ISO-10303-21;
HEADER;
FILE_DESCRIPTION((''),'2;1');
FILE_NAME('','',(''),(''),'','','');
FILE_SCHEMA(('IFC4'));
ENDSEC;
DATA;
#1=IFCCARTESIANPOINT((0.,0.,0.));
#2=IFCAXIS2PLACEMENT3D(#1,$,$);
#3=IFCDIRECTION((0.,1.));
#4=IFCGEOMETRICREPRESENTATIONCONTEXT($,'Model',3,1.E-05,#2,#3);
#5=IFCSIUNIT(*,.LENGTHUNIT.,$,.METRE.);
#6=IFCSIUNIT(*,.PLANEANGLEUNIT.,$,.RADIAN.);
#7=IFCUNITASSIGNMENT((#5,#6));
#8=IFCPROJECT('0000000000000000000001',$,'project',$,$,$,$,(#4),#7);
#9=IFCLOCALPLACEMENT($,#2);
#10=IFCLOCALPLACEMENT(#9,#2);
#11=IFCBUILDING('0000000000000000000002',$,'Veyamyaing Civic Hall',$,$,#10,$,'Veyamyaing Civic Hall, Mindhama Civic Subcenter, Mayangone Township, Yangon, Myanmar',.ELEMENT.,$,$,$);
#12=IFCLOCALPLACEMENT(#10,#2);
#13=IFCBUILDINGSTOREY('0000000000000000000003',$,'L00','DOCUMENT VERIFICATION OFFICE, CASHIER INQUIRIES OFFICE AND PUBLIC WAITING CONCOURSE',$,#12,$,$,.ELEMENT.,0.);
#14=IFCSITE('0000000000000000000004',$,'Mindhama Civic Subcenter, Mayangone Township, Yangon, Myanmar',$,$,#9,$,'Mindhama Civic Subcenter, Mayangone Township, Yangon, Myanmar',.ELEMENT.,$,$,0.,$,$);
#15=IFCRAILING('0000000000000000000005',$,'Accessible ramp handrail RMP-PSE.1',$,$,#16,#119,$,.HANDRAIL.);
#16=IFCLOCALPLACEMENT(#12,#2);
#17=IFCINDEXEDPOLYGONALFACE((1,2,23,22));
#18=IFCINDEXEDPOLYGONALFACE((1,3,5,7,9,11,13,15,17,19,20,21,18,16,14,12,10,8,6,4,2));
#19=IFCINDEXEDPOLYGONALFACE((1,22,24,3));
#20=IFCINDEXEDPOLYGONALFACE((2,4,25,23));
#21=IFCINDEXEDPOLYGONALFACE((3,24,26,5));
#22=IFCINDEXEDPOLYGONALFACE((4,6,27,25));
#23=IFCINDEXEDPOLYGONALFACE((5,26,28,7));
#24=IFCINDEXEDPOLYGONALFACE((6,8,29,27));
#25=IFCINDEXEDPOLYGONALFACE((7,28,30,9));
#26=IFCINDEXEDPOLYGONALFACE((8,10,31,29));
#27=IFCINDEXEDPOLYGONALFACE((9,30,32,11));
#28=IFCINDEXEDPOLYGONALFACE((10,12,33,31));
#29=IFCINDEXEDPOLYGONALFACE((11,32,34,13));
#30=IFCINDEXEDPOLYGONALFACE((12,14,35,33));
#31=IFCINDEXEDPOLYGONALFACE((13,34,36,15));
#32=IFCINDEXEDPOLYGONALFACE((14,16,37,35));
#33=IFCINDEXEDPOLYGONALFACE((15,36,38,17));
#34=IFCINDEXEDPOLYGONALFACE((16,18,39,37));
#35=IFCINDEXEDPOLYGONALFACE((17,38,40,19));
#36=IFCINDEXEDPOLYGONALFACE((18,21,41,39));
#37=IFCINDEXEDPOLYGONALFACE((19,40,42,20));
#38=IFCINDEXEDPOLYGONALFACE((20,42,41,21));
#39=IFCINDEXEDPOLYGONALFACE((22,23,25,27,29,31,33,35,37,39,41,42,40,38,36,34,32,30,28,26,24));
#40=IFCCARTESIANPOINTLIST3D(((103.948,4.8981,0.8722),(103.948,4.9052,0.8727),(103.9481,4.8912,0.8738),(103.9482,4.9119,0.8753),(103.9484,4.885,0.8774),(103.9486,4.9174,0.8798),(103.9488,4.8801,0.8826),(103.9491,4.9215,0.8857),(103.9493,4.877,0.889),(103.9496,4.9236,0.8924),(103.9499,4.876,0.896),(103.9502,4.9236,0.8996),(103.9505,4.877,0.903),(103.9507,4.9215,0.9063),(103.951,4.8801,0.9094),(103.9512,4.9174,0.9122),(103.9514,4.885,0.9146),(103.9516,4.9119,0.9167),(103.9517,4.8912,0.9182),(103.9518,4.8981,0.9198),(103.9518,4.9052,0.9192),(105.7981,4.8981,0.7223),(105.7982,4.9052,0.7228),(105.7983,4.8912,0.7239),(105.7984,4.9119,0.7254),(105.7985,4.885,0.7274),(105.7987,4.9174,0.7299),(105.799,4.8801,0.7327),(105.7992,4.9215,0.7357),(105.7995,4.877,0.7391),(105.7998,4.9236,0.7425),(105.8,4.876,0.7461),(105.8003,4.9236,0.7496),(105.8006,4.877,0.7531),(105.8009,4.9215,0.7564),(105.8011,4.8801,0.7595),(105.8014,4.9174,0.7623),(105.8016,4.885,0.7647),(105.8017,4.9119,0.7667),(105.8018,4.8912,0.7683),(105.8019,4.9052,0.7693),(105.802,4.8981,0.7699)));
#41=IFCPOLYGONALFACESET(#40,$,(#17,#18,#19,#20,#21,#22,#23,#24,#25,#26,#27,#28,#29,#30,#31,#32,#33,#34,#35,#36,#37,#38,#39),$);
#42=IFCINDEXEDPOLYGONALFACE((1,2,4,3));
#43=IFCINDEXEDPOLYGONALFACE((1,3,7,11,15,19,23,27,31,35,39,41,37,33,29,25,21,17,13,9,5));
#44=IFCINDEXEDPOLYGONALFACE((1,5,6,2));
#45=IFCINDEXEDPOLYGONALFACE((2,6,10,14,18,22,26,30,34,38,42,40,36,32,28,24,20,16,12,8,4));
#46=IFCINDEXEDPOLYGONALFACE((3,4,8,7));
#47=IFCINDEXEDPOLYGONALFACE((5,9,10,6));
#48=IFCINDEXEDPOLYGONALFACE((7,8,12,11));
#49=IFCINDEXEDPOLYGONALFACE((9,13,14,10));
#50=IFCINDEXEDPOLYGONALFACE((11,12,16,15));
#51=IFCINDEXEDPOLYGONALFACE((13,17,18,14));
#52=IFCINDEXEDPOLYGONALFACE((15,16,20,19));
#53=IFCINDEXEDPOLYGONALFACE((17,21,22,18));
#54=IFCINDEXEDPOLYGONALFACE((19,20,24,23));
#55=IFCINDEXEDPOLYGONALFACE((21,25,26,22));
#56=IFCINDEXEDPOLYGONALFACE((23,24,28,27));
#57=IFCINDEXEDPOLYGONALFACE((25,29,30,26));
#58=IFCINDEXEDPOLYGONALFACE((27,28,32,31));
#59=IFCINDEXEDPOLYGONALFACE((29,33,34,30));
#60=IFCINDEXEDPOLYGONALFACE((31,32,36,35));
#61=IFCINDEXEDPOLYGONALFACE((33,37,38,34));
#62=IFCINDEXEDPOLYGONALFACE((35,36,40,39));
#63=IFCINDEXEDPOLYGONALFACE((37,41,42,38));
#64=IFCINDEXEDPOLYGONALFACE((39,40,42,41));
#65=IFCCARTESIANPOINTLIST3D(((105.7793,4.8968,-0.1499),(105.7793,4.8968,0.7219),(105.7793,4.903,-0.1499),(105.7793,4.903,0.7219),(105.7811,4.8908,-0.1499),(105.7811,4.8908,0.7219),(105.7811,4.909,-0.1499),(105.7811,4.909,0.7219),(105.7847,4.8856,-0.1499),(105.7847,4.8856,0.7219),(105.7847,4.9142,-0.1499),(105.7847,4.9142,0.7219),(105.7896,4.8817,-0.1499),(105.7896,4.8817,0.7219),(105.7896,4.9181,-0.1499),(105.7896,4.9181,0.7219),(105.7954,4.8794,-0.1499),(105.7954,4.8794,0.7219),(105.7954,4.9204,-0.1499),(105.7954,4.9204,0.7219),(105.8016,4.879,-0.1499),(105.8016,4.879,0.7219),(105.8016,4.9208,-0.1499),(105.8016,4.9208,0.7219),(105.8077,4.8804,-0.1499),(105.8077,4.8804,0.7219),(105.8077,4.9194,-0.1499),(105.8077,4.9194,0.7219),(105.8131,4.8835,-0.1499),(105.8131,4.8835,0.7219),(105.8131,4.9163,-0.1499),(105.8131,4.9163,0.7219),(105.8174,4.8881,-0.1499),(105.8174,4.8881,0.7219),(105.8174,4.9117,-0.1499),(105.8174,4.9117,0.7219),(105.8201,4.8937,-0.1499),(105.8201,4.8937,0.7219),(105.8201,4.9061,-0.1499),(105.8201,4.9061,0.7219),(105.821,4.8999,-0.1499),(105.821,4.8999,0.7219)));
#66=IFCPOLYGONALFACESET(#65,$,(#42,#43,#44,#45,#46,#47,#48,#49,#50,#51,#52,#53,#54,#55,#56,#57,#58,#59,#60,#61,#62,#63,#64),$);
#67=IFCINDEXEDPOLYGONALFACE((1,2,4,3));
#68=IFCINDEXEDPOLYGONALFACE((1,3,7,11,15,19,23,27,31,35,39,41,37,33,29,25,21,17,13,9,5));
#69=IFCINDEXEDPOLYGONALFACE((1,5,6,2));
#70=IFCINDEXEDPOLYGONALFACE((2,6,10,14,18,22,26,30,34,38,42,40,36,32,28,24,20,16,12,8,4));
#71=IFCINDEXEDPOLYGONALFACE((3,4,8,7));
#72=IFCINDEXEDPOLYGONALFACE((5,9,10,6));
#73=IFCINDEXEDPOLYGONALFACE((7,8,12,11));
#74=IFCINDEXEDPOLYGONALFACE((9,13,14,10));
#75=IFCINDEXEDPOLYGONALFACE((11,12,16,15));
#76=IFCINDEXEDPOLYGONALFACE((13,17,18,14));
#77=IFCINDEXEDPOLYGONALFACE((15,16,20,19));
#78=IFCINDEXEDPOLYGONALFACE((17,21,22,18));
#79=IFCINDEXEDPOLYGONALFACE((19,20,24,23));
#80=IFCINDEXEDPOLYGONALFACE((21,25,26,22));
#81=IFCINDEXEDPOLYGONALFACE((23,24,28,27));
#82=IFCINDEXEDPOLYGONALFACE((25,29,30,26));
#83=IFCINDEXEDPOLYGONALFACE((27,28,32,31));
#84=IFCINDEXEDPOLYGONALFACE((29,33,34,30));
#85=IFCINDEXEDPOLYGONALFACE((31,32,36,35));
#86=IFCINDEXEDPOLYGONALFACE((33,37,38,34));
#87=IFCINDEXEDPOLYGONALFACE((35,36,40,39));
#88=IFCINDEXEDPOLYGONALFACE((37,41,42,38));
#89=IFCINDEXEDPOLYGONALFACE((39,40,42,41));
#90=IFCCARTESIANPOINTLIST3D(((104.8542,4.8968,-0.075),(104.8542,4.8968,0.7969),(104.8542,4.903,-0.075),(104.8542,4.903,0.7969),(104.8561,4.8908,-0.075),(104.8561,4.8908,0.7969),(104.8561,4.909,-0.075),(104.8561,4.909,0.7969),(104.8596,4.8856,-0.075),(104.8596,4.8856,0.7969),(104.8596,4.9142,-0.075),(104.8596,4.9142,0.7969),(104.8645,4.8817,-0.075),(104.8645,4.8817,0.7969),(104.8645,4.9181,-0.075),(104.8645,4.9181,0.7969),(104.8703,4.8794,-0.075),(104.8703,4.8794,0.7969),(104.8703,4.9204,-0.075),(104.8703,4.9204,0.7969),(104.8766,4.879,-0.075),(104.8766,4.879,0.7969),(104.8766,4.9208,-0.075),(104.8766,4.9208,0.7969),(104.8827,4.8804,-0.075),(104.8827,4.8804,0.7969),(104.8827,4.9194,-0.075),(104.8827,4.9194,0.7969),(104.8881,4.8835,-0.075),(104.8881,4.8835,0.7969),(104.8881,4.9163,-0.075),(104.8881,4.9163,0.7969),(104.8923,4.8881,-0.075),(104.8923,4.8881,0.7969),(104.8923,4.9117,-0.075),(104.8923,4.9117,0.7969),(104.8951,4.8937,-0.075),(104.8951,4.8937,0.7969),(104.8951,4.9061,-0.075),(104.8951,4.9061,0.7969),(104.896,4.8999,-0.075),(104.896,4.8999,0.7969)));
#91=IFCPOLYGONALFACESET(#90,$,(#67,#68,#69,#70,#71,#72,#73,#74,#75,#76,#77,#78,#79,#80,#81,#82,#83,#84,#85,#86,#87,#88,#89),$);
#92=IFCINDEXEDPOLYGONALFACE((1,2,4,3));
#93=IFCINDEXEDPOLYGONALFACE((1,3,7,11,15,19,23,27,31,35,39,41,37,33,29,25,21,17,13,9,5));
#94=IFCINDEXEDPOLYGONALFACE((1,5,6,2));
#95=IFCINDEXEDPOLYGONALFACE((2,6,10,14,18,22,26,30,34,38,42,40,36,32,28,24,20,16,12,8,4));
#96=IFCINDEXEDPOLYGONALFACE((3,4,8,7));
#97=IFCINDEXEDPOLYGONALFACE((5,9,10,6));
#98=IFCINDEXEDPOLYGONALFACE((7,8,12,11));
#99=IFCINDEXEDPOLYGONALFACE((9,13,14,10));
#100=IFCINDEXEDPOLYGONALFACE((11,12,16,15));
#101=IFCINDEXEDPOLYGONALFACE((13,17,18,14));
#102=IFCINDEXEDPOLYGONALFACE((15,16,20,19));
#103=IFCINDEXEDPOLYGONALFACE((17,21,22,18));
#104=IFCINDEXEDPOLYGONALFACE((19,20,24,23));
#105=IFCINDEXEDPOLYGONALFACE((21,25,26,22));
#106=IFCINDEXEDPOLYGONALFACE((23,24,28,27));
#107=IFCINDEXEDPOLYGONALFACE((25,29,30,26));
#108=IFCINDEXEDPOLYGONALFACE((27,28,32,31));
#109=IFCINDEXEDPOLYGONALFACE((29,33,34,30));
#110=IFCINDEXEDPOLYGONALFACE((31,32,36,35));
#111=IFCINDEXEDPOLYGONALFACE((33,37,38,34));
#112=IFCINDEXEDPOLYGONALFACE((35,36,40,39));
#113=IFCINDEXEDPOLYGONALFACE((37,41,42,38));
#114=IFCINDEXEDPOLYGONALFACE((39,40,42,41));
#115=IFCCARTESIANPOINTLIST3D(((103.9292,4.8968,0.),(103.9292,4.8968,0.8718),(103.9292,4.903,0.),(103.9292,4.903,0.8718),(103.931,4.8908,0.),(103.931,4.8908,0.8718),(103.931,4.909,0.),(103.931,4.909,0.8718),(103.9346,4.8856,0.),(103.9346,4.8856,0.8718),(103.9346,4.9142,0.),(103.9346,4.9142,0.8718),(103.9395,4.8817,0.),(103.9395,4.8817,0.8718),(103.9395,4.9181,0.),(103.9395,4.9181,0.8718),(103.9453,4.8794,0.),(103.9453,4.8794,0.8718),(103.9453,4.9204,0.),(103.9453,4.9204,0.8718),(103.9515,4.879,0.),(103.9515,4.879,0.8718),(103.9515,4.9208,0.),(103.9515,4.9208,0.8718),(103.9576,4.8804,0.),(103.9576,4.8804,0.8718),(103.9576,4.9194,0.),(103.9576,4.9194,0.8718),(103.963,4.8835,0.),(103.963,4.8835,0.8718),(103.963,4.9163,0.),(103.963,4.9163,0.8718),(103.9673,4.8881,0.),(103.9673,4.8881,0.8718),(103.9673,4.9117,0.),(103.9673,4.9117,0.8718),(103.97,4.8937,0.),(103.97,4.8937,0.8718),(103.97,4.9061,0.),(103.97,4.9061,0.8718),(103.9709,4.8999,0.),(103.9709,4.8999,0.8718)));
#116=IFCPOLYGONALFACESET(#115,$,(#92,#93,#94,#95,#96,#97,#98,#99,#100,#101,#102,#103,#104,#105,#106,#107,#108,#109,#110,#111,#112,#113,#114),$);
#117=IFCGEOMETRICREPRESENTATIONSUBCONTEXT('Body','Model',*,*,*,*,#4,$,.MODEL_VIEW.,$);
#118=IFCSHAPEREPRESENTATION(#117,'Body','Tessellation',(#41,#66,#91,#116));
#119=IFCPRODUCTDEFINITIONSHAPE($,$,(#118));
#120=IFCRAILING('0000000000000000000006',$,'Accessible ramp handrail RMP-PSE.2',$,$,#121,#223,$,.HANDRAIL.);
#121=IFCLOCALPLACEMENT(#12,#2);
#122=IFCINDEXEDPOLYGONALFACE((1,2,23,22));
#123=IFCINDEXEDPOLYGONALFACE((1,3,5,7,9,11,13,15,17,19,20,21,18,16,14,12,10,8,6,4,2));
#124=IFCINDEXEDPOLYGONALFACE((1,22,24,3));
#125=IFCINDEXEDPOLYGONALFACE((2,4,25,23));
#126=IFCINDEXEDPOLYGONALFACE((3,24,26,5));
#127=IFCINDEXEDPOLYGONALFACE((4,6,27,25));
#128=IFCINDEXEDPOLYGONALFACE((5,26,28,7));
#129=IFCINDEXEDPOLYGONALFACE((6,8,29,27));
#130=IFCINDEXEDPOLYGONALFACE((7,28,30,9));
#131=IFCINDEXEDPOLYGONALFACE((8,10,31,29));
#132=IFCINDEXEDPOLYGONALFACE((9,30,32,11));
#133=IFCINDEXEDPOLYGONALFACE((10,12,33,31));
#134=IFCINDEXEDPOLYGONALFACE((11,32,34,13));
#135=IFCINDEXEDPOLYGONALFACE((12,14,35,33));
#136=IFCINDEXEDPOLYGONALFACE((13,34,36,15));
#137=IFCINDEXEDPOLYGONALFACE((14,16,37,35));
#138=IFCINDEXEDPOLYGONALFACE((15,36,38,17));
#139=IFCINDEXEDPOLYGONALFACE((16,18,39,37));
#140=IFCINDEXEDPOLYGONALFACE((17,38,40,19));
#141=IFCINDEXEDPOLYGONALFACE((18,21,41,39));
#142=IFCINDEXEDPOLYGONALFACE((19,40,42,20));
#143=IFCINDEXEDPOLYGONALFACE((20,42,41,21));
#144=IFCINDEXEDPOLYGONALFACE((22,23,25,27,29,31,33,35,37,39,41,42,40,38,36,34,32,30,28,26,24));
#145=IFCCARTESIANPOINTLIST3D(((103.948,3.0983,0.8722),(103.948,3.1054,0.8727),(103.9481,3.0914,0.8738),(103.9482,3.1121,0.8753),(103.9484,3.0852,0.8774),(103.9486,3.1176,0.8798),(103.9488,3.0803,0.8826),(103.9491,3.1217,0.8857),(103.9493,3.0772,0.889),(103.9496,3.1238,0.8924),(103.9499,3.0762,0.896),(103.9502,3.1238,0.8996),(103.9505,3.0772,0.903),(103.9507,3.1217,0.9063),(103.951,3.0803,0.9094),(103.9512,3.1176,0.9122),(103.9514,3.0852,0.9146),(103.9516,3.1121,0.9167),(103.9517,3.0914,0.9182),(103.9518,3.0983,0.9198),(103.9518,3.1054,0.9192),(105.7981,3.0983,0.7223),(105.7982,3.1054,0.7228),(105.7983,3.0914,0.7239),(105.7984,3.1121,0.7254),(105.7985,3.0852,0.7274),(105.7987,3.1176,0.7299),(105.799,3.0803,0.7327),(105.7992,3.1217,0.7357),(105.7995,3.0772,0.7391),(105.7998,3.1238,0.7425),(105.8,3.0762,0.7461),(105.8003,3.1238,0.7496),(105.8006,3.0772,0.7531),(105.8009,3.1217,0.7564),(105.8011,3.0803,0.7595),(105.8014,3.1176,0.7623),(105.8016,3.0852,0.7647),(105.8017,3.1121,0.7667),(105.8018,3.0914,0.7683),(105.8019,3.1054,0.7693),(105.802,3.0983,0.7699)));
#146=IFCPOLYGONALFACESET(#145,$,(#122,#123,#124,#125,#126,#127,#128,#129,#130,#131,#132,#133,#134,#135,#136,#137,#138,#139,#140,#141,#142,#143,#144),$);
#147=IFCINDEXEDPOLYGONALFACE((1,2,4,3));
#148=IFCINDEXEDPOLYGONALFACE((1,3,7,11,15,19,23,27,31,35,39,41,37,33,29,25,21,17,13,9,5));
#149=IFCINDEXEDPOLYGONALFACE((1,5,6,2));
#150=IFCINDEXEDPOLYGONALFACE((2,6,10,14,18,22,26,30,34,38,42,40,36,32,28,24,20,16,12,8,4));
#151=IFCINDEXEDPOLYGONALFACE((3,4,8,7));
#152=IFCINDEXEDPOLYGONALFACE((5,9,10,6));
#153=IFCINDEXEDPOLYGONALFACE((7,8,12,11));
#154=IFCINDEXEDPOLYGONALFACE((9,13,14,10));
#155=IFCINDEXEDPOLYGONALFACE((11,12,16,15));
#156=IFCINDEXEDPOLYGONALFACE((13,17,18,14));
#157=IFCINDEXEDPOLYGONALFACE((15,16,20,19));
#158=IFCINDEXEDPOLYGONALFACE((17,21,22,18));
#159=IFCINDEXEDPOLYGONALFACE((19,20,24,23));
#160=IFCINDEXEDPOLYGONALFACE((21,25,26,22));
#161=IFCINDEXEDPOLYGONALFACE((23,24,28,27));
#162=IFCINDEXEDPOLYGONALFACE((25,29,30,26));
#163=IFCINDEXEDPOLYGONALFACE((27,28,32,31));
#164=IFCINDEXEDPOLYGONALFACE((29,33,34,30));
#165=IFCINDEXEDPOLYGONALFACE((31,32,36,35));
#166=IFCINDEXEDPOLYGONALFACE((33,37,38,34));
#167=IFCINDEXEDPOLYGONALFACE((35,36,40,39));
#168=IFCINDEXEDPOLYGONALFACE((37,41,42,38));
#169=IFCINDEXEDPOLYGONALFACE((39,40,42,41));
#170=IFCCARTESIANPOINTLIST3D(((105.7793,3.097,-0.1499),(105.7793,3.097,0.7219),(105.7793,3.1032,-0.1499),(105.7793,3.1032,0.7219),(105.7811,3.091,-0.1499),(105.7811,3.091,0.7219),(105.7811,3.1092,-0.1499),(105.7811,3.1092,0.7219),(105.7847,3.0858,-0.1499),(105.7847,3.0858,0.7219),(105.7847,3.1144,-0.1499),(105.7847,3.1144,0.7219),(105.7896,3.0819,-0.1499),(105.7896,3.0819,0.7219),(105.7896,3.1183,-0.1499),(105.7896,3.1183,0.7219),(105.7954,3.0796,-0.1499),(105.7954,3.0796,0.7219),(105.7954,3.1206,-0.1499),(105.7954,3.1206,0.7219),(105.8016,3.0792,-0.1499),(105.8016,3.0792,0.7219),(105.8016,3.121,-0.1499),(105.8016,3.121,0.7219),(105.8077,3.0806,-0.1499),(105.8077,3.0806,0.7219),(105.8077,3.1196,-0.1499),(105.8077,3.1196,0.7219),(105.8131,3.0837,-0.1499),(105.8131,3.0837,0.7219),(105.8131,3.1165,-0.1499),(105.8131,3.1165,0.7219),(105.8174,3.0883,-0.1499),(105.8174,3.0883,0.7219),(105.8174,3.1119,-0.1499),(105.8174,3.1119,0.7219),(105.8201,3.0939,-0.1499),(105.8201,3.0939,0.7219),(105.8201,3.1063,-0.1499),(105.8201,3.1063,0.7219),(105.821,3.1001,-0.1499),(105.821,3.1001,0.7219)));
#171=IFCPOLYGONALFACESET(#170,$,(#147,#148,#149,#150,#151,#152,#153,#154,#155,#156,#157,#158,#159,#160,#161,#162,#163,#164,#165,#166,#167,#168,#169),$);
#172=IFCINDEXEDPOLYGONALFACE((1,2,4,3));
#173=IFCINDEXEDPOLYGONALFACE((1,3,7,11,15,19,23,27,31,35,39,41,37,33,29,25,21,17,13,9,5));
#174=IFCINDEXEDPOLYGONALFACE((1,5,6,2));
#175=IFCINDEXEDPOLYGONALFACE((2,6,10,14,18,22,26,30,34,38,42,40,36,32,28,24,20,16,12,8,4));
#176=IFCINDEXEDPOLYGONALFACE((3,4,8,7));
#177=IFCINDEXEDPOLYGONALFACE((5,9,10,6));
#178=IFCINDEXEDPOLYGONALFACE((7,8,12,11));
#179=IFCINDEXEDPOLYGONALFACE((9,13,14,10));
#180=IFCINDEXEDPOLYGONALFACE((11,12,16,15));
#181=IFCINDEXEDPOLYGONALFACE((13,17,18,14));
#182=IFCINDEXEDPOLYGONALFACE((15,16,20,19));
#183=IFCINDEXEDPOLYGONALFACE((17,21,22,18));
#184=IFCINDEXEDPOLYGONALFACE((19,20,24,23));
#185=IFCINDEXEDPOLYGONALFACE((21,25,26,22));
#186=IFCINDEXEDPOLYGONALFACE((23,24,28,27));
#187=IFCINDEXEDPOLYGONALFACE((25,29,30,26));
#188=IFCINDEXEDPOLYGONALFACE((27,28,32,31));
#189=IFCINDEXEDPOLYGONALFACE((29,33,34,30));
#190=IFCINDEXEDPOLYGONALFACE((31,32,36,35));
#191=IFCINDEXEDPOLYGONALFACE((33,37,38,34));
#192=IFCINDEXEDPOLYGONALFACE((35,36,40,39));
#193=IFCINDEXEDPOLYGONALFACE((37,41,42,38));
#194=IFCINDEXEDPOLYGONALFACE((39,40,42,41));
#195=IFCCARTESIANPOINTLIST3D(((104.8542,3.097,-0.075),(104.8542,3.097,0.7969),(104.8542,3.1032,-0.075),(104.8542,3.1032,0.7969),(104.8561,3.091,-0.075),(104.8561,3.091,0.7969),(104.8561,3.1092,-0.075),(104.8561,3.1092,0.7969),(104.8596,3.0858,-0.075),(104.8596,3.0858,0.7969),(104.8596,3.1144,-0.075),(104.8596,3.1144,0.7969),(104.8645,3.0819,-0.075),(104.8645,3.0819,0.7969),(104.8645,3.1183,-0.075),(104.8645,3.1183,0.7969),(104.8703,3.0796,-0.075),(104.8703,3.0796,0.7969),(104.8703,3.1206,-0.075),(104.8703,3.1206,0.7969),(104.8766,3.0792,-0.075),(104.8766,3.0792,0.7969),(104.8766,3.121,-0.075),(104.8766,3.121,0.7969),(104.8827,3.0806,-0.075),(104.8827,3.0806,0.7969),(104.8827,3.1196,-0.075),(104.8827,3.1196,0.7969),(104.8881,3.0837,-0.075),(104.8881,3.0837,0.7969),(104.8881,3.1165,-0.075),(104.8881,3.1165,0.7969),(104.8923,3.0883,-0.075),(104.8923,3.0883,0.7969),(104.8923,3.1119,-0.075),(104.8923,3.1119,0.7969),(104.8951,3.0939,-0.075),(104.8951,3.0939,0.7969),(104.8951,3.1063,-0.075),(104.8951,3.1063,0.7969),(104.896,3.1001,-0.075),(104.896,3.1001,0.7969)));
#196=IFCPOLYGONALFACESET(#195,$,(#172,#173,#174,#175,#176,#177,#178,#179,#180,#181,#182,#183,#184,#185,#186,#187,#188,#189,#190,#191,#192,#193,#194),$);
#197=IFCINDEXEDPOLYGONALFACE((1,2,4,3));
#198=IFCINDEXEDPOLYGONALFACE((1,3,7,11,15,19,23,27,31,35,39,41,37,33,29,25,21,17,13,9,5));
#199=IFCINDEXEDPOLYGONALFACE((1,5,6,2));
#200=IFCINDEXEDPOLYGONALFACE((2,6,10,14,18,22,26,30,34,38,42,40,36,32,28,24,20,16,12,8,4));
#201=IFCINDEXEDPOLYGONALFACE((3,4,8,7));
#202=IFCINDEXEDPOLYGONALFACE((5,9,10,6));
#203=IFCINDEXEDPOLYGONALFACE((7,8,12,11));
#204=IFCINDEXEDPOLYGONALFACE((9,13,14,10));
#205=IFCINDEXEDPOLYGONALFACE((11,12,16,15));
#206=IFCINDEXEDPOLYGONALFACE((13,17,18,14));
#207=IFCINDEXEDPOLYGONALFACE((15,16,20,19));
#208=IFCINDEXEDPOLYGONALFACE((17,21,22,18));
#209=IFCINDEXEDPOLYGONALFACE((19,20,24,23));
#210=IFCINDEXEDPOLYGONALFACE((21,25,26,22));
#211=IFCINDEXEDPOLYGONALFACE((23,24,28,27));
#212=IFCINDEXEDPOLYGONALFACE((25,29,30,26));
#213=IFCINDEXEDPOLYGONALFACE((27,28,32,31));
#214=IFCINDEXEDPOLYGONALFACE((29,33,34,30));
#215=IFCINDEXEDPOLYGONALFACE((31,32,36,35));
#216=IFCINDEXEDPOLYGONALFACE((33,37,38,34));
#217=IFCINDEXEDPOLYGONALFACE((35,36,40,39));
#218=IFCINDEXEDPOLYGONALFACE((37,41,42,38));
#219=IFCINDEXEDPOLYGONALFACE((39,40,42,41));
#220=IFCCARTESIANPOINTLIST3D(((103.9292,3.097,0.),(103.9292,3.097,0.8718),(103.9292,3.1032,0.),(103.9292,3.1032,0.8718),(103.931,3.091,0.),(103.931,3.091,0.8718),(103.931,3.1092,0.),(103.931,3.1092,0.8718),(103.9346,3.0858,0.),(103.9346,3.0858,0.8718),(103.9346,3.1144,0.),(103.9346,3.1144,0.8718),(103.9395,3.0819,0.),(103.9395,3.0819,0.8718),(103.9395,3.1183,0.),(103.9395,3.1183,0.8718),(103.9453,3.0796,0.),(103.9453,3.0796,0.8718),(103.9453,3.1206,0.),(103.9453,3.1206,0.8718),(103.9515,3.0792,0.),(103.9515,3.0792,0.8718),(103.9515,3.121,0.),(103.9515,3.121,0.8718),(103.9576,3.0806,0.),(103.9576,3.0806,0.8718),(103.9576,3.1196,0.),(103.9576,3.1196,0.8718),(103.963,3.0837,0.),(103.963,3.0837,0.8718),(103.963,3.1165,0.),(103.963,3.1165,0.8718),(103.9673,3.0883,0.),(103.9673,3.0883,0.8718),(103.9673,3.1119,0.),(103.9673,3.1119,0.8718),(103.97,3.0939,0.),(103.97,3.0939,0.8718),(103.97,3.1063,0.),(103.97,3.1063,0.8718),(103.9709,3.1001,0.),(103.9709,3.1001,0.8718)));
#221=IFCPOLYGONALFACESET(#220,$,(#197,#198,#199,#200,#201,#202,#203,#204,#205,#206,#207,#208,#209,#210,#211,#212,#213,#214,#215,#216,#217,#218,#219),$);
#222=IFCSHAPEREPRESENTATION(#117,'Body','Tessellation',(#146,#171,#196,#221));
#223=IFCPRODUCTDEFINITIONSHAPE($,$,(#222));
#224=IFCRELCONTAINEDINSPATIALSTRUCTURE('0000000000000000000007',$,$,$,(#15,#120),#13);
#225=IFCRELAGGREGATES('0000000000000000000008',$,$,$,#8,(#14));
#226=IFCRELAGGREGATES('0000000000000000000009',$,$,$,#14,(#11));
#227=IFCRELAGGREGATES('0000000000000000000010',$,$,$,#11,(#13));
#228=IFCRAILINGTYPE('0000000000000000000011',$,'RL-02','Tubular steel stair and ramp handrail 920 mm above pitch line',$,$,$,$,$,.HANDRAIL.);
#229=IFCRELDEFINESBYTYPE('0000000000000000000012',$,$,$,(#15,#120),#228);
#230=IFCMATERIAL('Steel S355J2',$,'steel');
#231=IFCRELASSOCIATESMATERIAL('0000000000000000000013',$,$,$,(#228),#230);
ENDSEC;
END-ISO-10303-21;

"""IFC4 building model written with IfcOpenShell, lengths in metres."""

from ifc_helpers import new_model, si_unit, direction, frame, origin, origin_2d, place, context, subcontext, project, spatial, circle, extrude, material, type_object, element, save


model = new_model("IFC4")

# Units and contexts
model_context = context("Model", 3, precision=1e-05, world=origin(), true_north=direction((0.0, 1.0)))
body_context = subcontext(model_context, "Body", "Model", "MODEL_VIEW")
ifc_project = project(units=[si_unit("LENGTHUNIT", "METRE"), si_unit("PLANEANGLEUNIT", "RADIAN")], contexts=[model_context])

# Site, building, storey
site_placement = place(None, origin())
site = spatial("IfcSite", under=ifc_project, at=site_placement, Name="Mindhama Civic Subcenter, Mayangone Township, Yangon, Myanmar", LongName="Mindhama Civic Subcenter, Mayangone Township, Yangon, Myanmar", CompositionType="ELEMENT", RefElevation=0.0)
building_placement = place(site_placement, origin())
building = spatial("IfcBuilding", under=site, at=building_placement, Name="Veyamyaing Civic Hall", LongName="Veyamyaing Civic Hall, Mindhama Civic Subcenter, Mayangone Township, Yangon, Myanmar", CompositionType="ELEMENT")
storey_placement = place(building_placement, origin())
storey = spatial("IfcBuildingStorey", under=building, at=storey_placement, Name="L00", Description="DOCUMENT VERIFICATION OFFICE, CASHIER INQUIRIES OFFICE AND PUBLIC WAITING CONCOURSE", CompositionType="ELEMENT", Elevation=0.0)

# Railings
ifc_material_1 = material(Name="Steel S355J2", Category="steel")
railing_type = type_object("IfcRailingType", Name="RL-02", Description="Tubular steel stair and ramp handrail 920 mm above pitch line", PredefinedType="HANDRAIL", material=ifc_material_1)
for number, where, name in (
    (1, (105.8, 4.8999, -0.1499), "Accessible ramp handrail RMP-PSE.1"),
    (2, (105.8, 3.1001, -0.1499), "Accessible ramp handrail RMP-PSE.2"),
):
    element("IfcRailing", number, at=place(storey_placement, frame(where)), inside=storey, type_object=railing_type, Name=name, PredefinedType="HANDRAIL", context=body_context, shape_type="SweptSolid", body=[
        extrude(circle(Radius=0.0239, at=origin_2d()), frame((0.0, 0.0, 0.896), z_axis=(-0.996734, 0.0, 0.080759), x_axis=(0.0, -1.0, 0.0)), (0.0, 0.0, 1.0), 1.8562),
        extrude(circle(Radius=0.021, at=origin_2d()), origin(), (0.0, 0.0, 1.0), 0.8718),
        extrude(circle(Radius=0.021, at=origin_2d()), frame((-0.925, 0.0, 0.075)), (0.0, 0.0, 1.0), 0.8718),
        extrude(circle(Radius=0.021, at=origin_2d()), frame((-1.8501, 0.0, 0.1499)), (0.0, 0.0, 1.0), 0.8718),
    ])

save(model, "model.ifc")
